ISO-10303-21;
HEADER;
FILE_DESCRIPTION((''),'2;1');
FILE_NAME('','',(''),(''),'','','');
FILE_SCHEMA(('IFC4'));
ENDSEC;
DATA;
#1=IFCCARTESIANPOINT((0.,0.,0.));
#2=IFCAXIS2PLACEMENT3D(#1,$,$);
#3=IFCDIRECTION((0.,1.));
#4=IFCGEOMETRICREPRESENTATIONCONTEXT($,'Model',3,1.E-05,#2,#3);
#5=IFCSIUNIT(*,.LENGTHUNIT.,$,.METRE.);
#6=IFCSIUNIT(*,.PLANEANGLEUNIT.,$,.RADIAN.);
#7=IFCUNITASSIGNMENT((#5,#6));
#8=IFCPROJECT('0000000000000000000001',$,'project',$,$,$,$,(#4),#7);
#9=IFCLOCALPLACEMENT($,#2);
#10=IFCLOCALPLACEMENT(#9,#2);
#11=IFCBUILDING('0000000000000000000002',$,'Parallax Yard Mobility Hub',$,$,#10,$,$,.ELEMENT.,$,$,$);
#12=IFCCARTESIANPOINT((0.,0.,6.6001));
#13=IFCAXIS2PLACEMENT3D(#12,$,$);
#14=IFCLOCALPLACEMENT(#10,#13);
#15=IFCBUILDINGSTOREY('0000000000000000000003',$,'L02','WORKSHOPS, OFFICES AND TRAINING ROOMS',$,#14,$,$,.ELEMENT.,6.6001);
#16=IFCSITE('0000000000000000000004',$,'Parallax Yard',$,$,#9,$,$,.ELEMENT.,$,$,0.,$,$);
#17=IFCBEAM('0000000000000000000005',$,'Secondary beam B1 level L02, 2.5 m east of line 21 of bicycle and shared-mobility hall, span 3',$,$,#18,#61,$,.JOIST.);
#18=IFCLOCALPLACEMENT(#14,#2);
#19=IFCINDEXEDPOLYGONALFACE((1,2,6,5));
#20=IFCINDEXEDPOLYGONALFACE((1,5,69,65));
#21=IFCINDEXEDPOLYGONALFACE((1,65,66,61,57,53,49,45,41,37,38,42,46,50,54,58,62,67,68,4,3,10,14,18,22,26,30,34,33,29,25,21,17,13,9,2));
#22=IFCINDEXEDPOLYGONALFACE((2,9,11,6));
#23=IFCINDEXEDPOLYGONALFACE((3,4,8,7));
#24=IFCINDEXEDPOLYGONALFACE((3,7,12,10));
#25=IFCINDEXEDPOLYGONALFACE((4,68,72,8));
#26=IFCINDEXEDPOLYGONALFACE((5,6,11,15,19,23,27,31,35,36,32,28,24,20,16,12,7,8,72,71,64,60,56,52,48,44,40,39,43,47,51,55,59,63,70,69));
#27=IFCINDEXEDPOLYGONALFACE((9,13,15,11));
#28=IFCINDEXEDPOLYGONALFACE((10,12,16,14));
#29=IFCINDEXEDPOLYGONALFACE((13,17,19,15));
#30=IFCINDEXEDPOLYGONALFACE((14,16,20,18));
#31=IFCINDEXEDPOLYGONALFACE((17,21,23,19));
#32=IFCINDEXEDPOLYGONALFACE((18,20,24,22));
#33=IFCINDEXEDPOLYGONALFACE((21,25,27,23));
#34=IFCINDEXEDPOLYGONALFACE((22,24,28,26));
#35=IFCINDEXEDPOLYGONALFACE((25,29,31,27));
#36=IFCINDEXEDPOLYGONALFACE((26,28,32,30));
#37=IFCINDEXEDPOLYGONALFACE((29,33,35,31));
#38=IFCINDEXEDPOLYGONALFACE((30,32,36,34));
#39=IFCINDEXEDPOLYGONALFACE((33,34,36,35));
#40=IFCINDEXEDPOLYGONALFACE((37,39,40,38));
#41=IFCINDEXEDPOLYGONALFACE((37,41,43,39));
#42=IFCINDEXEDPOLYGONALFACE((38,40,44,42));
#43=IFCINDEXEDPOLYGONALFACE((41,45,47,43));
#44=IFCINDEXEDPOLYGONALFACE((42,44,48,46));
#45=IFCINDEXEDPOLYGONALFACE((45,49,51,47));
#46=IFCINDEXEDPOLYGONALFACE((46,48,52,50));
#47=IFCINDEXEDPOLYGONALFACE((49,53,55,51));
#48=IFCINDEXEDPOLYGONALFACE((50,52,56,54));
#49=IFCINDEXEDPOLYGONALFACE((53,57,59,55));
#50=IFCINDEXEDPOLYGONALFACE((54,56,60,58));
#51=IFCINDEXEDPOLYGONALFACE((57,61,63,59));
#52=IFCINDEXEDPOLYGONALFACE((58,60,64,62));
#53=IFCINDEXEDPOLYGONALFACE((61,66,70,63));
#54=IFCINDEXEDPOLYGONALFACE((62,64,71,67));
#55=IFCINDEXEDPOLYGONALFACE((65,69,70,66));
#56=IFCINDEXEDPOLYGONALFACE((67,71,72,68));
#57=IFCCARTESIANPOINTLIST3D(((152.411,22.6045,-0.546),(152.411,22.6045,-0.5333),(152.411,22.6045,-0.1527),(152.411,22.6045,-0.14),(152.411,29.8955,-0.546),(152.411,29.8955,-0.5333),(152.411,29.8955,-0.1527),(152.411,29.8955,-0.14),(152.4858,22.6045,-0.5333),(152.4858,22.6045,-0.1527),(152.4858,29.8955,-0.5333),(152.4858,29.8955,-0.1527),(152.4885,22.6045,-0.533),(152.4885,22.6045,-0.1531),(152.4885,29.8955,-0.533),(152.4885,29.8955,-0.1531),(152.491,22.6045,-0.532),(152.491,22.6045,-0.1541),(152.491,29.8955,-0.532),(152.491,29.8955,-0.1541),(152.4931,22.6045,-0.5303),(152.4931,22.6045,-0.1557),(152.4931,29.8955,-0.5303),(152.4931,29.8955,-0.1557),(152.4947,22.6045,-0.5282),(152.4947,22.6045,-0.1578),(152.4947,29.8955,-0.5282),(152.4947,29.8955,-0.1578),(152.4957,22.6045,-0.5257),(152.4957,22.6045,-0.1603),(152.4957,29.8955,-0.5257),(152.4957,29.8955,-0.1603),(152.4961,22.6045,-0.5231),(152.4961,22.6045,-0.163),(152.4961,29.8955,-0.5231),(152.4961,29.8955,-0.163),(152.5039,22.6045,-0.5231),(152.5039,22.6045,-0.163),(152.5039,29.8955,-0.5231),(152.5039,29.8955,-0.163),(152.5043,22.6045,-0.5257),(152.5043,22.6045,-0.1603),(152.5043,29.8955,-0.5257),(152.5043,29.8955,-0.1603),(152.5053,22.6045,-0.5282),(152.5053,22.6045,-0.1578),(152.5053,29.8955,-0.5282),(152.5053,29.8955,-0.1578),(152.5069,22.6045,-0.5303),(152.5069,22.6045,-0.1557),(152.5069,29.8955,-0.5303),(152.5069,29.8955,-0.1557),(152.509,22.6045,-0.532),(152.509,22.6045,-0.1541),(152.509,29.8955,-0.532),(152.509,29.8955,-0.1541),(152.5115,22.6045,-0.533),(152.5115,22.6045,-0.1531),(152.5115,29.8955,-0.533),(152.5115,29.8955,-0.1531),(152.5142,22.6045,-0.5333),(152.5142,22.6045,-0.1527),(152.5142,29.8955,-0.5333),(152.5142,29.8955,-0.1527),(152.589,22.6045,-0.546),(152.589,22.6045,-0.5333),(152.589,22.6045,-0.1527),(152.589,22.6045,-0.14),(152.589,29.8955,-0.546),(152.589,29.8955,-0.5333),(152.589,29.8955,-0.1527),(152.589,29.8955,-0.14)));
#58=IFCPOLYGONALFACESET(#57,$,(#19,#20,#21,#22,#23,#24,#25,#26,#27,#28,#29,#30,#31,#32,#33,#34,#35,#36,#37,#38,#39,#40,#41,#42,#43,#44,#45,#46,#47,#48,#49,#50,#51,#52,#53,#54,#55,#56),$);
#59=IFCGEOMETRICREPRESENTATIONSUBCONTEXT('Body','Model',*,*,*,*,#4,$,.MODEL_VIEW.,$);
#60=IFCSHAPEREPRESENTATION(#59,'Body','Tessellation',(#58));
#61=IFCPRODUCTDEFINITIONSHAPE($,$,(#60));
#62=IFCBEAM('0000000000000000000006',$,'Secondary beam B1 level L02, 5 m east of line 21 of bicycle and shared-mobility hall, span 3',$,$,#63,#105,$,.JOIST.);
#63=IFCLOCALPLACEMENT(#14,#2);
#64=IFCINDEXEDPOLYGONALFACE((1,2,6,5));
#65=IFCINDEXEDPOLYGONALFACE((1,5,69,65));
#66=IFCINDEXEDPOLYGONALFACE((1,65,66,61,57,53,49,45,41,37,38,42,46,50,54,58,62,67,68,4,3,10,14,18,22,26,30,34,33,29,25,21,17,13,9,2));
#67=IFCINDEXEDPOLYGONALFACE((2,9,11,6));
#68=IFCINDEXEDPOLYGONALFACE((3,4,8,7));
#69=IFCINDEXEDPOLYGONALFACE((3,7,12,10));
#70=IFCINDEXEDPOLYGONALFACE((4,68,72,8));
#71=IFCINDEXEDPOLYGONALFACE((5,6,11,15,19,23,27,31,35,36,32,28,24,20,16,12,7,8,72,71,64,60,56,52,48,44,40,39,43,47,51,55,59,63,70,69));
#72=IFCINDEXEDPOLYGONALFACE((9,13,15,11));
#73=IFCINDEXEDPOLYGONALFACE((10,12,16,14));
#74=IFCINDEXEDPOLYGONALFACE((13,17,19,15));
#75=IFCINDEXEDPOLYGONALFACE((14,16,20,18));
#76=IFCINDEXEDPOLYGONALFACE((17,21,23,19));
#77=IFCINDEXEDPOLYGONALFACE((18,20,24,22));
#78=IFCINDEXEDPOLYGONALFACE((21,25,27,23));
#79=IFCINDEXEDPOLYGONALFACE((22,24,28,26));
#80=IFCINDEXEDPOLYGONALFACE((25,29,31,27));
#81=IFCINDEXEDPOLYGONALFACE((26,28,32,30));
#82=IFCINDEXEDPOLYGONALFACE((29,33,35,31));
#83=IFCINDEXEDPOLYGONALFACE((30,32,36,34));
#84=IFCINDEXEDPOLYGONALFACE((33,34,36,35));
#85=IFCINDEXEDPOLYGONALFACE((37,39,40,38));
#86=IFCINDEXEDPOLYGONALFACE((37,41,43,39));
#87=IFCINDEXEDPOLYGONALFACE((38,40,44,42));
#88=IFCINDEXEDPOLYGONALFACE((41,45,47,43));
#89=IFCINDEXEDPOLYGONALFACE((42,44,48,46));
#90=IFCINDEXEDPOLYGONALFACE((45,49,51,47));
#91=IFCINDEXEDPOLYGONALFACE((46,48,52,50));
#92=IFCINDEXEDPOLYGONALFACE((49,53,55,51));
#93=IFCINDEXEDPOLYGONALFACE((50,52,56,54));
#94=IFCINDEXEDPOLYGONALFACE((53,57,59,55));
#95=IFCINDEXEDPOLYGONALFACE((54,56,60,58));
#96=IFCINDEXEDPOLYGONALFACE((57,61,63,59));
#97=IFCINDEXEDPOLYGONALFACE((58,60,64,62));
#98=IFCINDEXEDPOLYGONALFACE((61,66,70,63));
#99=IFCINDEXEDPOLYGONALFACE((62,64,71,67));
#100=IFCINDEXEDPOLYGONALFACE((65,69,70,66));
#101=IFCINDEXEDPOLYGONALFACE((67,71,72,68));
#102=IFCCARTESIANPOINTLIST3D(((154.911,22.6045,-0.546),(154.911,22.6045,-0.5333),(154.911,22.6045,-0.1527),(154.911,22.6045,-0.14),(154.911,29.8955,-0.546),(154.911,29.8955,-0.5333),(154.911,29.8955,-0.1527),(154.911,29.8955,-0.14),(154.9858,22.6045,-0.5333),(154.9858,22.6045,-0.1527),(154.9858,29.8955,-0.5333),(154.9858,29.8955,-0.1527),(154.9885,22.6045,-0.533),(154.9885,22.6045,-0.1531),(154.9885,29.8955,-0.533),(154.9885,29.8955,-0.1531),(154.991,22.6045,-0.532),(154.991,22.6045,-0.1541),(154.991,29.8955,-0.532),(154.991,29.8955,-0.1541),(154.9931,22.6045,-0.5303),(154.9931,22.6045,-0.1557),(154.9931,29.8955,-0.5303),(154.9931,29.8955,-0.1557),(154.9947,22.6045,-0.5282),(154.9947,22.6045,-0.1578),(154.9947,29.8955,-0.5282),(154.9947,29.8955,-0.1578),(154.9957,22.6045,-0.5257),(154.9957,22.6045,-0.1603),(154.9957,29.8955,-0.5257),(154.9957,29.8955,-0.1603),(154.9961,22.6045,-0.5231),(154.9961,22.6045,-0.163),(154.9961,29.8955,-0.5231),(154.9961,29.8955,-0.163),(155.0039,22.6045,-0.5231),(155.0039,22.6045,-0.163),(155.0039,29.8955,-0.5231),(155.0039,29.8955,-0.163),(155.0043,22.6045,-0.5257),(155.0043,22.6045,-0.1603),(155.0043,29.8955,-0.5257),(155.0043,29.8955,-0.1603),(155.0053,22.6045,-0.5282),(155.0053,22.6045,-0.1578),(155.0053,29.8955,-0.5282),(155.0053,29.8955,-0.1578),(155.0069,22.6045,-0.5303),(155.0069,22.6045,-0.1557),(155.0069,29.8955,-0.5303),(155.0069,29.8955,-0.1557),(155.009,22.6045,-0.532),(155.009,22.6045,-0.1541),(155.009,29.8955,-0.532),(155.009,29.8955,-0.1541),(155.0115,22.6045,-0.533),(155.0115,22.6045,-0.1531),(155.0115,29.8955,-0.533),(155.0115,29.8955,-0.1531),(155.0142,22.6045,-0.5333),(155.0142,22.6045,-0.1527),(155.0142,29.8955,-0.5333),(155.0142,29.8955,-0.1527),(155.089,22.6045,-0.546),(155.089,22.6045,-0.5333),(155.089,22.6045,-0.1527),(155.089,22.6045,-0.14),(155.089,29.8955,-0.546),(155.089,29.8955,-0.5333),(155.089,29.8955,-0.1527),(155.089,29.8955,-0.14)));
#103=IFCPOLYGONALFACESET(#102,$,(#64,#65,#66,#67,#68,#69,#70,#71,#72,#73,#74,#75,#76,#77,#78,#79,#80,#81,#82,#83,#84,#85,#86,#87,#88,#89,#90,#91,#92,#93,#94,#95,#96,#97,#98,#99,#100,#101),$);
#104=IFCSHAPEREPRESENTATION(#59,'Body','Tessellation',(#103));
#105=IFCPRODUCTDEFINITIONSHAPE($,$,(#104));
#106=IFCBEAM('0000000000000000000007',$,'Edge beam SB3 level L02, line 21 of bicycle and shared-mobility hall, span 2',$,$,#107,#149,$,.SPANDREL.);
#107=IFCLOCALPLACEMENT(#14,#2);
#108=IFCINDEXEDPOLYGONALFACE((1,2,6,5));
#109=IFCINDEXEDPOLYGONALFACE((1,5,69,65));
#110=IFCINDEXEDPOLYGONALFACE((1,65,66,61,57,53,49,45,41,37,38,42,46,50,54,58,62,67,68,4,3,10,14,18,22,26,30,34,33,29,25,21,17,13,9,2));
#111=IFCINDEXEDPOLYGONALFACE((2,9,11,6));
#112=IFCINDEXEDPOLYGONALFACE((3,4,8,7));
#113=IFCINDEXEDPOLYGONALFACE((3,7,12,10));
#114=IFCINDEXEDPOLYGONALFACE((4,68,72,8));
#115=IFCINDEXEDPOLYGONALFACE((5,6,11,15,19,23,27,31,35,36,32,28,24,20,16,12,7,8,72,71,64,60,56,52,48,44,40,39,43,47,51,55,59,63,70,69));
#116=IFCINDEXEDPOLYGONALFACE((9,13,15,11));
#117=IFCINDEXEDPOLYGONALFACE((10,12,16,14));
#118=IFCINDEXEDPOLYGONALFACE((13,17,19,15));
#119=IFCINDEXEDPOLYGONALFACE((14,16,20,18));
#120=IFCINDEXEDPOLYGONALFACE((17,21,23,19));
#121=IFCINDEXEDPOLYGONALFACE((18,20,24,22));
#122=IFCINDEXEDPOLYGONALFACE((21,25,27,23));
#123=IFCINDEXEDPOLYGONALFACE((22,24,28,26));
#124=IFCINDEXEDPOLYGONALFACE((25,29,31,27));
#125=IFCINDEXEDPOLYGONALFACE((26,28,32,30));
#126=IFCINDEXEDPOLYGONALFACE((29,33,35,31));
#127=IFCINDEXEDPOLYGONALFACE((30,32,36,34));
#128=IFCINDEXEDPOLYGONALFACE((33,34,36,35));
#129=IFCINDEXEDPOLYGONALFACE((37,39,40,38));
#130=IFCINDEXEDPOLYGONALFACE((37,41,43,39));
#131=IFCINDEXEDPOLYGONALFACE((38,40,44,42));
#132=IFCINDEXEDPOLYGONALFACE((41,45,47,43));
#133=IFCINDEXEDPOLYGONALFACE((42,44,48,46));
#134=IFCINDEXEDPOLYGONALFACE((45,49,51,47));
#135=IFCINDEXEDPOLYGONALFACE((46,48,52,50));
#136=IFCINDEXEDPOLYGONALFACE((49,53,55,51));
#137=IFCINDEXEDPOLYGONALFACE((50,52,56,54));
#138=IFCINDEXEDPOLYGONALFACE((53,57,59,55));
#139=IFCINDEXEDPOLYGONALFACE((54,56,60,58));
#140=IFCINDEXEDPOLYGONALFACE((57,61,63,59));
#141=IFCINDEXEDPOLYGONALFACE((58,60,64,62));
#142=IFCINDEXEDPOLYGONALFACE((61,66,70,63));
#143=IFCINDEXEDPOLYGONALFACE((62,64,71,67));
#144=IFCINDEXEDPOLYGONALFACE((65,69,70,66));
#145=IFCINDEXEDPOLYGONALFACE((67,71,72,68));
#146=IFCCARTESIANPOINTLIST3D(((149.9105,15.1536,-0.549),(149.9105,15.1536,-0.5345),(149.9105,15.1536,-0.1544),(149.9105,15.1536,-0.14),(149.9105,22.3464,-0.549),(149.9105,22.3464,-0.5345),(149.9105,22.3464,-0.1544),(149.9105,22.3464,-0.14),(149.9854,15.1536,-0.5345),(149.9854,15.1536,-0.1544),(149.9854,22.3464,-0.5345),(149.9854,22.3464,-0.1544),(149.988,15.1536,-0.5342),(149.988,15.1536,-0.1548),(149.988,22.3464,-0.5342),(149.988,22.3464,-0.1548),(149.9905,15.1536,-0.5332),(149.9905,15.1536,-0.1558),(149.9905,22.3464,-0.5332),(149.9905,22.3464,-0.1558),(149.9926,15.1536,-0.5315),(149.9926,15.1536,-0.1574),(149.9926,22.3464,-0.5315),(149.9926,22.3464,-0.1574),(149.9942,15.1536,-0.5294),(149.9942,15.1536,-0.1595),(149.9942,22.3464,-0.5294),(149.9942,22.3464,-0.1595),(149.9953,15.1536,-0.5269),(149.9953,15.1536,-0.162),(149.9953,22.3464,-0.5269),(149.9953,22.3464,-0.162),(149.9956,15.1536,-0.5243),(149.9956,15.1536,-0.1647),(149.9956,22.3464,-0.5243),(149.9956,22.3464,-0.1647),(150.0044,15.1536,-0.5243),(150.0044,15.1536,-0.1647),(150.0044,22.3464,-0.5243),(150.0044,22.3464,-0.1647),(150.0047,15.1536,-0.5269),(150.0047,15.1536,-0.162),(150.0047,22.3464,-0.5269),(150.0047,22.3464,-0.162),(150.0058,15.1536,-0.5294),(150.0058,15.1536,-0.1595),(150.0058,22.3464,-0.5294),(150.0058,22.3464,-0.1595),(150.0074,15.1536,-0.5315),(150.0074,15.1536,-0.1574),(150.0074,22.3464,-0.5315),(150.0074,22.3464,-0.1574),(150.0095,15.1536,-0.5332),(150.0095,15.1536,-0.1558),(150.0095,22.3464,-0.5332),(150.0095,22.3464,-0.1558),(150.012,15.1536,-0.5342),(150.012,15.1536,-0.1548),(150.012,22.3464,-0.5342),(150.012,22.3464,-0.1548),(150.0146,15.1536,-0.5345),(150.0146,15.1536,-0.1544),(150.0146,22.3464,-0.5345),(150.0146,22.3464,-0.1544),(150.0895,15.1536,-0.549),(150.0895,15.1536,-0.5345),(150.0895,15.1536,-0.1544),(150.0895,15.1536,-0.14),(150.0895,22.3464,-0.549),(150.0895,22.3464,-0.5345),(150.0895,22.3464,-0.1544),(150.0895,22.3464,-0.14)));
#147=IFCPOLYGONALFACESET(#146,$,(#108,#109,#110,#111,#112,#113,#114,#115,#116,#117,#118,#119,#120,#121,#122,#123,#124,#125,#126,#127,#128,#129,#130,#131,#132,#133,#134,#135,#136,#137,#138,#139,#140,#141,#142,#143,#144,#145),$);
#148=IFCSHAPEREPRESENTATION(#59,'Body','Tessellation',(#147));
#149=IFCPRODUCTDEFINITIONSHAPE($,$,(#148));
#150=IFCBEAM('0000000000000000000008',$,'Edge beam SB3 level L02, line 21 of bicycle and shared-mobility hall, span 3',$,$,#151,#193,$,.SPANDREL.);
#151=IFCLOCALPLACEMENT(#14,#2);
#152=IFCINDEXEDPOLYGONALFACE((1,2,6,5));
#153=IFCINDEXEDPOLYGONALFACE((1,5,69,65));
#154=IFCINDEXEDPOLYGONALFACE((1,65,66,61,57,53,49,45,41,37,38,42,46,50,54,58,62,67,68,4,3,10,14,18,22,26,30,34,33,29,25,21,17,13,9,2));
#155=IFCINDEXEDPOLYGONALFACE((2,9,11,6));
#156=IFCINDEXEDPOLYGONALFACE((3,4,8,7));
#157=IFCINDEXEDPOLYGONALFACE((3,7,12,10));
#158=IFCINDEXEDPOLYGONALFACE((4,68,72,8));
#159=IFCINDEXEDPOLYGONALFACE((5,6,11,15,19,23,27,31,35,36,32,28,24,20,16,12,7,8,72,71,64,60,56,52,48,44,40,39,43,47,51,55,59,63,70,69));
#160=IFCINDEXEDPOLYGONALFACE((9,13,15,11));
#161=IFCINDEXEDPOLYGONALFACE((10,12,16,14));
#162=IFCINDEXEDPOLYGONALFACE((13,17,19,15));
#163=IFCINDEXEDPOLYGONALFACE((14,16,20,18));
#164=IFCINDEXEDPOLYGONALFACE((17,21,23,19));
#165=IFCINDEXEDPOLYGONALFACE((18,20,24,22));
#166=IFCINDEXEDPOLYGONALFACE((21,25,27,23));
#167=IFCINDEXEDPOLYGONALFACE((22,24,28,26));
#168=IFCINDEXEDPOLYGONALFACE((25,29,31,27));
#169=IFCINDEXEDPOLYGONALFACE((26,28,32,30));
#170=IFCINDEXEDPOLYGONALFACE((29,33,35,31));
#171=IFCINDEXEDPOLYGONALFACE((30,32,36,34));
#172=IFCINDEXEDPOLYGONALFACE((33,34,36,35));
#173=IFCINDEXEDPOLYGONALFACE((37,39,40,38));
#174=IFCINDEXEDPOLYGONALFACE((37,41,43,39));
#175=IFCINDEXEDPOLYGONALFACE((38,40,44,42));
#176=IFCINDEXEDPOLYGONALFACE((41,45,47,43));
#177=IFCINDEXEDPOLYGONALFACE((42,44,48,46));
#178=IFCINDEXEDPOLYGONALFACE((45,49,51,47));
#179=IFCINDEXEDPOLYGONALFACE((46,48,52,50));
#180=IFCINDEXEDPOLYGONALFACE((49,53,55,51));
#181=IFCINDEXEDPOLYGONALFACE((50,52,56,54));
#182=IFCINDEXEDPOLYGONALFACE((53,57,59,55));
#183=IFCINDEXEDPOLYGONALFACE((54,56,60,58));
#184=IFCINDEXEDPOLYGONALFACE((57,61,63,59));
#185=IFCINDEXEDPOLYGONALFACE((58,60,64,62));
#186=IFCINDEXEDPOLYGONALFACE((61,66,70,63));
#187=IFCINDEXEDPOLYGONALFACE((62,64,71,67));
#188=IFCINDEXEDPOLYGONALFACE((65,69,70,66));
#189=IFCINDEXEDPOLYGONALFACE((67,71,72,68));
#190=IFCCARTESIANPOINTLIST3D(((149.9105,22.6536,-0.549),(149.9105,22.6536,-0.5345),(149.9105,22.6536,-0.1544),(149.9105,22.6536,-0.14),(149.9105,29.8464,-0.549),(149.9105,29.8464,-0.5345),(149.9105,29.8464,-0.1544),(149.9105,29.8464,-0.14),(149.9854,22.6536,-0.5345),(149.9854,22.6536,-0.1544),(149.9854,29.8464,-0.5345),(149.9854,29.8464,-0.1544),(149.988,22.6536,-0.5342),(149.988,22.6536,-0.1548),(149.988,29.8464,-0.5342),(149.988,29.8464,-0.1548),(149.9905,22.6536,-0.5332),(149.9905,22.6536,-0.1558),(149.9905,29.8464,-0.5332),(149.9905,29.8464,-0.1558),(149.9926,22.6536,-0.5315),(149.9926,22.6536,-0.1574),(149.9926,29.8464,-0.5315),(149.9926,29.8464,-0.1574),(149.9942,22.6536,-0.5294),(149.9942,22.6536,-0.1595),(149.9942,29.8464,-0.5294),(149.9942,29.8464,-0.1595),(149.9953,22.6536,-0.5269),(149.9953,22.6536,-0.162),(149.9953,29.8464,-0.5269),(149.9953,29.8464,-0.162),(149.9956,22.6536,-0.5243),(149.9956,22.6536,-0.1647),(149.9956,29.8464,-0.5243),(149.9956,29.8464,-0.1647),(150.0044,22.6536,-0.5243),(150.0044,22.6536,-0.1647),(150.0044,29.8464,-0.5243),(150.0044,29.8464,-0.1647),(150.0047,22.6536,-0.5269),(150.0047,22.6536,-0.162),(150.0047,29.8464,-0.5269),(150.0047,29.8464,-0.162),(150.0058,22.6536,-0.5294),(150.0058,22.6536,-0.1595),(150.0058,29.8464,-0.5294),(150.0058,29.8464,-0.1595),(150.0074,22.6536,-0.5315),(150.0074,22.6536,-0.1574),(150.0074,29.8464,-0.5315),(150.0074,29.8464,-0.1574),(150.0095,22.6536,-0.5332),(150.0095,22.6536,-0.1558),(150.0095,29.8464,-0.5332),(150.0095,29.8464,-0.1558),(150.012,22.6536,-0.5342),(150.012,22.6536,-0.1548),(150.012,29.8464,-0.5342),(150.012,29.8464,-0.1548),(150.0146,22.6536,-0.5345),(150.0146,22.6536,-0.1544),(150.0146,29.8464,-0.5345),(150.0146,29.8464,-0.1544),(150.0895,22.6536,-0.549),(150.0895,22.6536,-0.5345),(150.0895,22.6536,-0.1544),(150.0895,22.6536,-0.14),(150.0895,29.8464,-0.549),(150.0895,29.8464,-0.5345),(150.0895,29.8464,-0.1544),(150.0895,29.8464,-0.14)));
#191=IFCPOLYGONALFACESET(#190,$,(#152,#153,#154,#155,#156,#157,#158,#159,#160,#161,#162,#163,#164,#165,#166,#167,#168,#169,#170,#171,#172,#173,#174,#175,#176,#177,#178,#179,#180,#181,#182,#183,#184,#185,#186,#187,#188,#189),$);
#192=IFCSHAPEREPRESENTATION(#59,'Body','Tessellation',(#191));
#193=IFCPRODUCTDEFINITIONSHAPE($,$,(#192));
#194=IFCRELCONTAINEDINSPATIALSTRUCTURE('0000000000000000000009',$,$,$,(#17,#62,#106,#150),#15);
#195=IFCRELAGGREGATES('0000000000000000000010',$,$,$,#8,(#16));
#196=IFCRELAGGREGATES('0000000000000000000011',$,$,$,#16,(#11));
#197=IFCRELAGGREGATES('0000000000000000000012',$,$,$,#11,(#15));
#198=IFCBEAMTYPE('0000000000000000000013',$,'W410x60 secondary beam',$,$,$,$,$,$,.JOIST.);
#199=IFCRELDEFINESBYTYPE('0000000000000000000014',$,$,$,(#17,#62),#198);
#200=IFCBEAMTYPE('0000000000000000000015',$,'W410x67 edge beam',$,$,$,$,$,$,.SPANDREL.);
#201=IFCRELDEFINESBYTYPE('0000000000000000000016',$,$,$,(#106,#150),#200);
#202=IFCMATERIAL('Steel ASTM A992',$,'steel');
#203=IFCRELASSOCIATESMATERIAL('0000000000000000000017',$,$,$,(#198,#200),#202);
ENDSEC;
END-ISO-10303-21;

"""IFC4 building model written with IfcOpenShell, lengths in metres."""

from ifc_helpers import new_model, si_unit, direction, frame, origin, origin_2d, place, context, subcontext, project, spatial, i_section, extrude, material, material_profile, profile_set, type_object, element, save


model = new_model("IFC4")

# Units and contexts
model_context = context("Model", 3, precision=1e-05, world=origin(), true_north=direction((0.0, 1.0)))
body_context = subcontext(model_context, "Body", "Model", "MODEL_VIEW")
ifc_project = project(units=[si_unit("LENGTHUNIT", "METRE"), si_unit("PLANEANGLEUNIT", "RADIAN")], contexts=[model_context])

# Site, building, storey
site_placement = place(None, origin())
site = spatial("IfcSite", under=ifc_project, at=site_placement, Name="Parallax Yard", CompositionType="ELEMENT", RefElevation=0.0)
building_placement = place(site_placement, origin())
building = spatial("IfcBuilding", under=site, at=building_placement, Name="Parallax Yard Mobility Hub", CompositionType="ELEMENT")
storey_placement = place(building_placement, frame((0.0, 0.0, 6.6001)))
storey = spatial("IfcBuildingStorey", under=building, at=storey_placement, Name="L02", Description="WORKSHOPS, OFFICES AND TRAINING ROOMS", CompositionType="ELEMENT", Elevation=6.6001)

# Shared definitions
ifc_material_1 = material(Name="Steel ASTM A992", Category="steel")

# Beams
ifc_material_profile_1 = material_profile(ifc_material_1, i_section(OverallWidth=0.178, OverallDepth=0.406, WebThickness=0.0078, FlangeThickness=0.0127, FilletRadius=0.0103, at=origin_2d()), Name="W410x60")
ifc_profile_set_1 = profile_set([ifc_material_profile_1], Name="Steel ASTM A992")
beam_type_1 = type_object("IfcBeamType", Name="W410x60 secondary beam", PredefinedType="JOIST", material=ifc_profile_set_1)
for number, where, z_axis, x_axis, name in (
    (1, (152.5, 22.6045, -0.343), (0.0, 1.0, 0.0), (-1.0, 0.0, 0.0), "Secondary beam B1 level L02, 2.5 m east of line 21 of bicycle and shared-mobility hall, span 3"),
    (2, (155.0, 22.6045, -0.343), (0.0, 1.0, 0.0), (-1.0, 0.0, 0.0), "Secondary beam B1 level L02, 5 m east of line 21 of bicycle and shared-mobility hall, span 3"),
):
    element("IfcBeam", number, at=place(storey_placement, frame(where, z_axis=z_axis, x_axis=x_axis)), inside=storey, type_object=beam_type_1, Name=name, PredefinedType="JOIST", context=body_context, shape_type="SweptSolid", body=[
        extrude(i_section(OverallWidth=0.178, OverallDepth=0.406, WebThickness=0.0078, FlangeThickness=0.0127, FilletRadius=0.0103, at=origin_2d()), origin(), (0.0, 0.0, 1.0), 7.291),
    ])
ifc_material_profile_2 = material_profile(ifc_material_1, i_section(OverallWidth=0.179, OverallDepth=0.4089, WebThickness=0.0088, FlangeThickness=0.0144, FilletRadius=0.0103, at=origin_2d()), Name="W410x67")
ifc_profile_set_2 = profile_set([ifc_material_profile_2], Name="Steel ASTM A992")
beam_type_2 = type_object("IfcBeamType", Name="W410x67 edge beam", PredefinedType="SPANDREL", material=ifc_profile_set_2)
for number, where, z_axis, x_axis, name in (
    (3, (150.0, 15.1536, -0.3445), (0.0, 1.0, 0.0), (-1.0, 0.0, 0.0), "Edge beam SB3 level L02, line 21 of bicycle and shared-mobility hall, span 2"),
    (4, (150.0, 22.6536, -0.3445), (0.0, 1.0, 0.0), (-1.0, 0.0, 0.0), "Edge beam SB3 level L02, line 21 of bicycle and shared-mobility hall, span 3"),
):
    element("IfcBeam", number, at=place(storey_placement, frame(where, z_axis=z_axis, x_axis=x_axis)), inside=storey, type_object=beam_type_2, Name=name, PredefinedType="SPANDREL", context=body_context, shape_type="SweptSolid", body=[
        extrude(i_section(OverallWidth=0.179, OverallDepth=0.4089, WebThickness=0.0088, FlangeThickness=0.0144, FilletRadius=0.0103, at=origin_2d()), origin(), (0.0, 0.0, 1.0), 7.1929),
    ])

save(model, "model.ifc")
